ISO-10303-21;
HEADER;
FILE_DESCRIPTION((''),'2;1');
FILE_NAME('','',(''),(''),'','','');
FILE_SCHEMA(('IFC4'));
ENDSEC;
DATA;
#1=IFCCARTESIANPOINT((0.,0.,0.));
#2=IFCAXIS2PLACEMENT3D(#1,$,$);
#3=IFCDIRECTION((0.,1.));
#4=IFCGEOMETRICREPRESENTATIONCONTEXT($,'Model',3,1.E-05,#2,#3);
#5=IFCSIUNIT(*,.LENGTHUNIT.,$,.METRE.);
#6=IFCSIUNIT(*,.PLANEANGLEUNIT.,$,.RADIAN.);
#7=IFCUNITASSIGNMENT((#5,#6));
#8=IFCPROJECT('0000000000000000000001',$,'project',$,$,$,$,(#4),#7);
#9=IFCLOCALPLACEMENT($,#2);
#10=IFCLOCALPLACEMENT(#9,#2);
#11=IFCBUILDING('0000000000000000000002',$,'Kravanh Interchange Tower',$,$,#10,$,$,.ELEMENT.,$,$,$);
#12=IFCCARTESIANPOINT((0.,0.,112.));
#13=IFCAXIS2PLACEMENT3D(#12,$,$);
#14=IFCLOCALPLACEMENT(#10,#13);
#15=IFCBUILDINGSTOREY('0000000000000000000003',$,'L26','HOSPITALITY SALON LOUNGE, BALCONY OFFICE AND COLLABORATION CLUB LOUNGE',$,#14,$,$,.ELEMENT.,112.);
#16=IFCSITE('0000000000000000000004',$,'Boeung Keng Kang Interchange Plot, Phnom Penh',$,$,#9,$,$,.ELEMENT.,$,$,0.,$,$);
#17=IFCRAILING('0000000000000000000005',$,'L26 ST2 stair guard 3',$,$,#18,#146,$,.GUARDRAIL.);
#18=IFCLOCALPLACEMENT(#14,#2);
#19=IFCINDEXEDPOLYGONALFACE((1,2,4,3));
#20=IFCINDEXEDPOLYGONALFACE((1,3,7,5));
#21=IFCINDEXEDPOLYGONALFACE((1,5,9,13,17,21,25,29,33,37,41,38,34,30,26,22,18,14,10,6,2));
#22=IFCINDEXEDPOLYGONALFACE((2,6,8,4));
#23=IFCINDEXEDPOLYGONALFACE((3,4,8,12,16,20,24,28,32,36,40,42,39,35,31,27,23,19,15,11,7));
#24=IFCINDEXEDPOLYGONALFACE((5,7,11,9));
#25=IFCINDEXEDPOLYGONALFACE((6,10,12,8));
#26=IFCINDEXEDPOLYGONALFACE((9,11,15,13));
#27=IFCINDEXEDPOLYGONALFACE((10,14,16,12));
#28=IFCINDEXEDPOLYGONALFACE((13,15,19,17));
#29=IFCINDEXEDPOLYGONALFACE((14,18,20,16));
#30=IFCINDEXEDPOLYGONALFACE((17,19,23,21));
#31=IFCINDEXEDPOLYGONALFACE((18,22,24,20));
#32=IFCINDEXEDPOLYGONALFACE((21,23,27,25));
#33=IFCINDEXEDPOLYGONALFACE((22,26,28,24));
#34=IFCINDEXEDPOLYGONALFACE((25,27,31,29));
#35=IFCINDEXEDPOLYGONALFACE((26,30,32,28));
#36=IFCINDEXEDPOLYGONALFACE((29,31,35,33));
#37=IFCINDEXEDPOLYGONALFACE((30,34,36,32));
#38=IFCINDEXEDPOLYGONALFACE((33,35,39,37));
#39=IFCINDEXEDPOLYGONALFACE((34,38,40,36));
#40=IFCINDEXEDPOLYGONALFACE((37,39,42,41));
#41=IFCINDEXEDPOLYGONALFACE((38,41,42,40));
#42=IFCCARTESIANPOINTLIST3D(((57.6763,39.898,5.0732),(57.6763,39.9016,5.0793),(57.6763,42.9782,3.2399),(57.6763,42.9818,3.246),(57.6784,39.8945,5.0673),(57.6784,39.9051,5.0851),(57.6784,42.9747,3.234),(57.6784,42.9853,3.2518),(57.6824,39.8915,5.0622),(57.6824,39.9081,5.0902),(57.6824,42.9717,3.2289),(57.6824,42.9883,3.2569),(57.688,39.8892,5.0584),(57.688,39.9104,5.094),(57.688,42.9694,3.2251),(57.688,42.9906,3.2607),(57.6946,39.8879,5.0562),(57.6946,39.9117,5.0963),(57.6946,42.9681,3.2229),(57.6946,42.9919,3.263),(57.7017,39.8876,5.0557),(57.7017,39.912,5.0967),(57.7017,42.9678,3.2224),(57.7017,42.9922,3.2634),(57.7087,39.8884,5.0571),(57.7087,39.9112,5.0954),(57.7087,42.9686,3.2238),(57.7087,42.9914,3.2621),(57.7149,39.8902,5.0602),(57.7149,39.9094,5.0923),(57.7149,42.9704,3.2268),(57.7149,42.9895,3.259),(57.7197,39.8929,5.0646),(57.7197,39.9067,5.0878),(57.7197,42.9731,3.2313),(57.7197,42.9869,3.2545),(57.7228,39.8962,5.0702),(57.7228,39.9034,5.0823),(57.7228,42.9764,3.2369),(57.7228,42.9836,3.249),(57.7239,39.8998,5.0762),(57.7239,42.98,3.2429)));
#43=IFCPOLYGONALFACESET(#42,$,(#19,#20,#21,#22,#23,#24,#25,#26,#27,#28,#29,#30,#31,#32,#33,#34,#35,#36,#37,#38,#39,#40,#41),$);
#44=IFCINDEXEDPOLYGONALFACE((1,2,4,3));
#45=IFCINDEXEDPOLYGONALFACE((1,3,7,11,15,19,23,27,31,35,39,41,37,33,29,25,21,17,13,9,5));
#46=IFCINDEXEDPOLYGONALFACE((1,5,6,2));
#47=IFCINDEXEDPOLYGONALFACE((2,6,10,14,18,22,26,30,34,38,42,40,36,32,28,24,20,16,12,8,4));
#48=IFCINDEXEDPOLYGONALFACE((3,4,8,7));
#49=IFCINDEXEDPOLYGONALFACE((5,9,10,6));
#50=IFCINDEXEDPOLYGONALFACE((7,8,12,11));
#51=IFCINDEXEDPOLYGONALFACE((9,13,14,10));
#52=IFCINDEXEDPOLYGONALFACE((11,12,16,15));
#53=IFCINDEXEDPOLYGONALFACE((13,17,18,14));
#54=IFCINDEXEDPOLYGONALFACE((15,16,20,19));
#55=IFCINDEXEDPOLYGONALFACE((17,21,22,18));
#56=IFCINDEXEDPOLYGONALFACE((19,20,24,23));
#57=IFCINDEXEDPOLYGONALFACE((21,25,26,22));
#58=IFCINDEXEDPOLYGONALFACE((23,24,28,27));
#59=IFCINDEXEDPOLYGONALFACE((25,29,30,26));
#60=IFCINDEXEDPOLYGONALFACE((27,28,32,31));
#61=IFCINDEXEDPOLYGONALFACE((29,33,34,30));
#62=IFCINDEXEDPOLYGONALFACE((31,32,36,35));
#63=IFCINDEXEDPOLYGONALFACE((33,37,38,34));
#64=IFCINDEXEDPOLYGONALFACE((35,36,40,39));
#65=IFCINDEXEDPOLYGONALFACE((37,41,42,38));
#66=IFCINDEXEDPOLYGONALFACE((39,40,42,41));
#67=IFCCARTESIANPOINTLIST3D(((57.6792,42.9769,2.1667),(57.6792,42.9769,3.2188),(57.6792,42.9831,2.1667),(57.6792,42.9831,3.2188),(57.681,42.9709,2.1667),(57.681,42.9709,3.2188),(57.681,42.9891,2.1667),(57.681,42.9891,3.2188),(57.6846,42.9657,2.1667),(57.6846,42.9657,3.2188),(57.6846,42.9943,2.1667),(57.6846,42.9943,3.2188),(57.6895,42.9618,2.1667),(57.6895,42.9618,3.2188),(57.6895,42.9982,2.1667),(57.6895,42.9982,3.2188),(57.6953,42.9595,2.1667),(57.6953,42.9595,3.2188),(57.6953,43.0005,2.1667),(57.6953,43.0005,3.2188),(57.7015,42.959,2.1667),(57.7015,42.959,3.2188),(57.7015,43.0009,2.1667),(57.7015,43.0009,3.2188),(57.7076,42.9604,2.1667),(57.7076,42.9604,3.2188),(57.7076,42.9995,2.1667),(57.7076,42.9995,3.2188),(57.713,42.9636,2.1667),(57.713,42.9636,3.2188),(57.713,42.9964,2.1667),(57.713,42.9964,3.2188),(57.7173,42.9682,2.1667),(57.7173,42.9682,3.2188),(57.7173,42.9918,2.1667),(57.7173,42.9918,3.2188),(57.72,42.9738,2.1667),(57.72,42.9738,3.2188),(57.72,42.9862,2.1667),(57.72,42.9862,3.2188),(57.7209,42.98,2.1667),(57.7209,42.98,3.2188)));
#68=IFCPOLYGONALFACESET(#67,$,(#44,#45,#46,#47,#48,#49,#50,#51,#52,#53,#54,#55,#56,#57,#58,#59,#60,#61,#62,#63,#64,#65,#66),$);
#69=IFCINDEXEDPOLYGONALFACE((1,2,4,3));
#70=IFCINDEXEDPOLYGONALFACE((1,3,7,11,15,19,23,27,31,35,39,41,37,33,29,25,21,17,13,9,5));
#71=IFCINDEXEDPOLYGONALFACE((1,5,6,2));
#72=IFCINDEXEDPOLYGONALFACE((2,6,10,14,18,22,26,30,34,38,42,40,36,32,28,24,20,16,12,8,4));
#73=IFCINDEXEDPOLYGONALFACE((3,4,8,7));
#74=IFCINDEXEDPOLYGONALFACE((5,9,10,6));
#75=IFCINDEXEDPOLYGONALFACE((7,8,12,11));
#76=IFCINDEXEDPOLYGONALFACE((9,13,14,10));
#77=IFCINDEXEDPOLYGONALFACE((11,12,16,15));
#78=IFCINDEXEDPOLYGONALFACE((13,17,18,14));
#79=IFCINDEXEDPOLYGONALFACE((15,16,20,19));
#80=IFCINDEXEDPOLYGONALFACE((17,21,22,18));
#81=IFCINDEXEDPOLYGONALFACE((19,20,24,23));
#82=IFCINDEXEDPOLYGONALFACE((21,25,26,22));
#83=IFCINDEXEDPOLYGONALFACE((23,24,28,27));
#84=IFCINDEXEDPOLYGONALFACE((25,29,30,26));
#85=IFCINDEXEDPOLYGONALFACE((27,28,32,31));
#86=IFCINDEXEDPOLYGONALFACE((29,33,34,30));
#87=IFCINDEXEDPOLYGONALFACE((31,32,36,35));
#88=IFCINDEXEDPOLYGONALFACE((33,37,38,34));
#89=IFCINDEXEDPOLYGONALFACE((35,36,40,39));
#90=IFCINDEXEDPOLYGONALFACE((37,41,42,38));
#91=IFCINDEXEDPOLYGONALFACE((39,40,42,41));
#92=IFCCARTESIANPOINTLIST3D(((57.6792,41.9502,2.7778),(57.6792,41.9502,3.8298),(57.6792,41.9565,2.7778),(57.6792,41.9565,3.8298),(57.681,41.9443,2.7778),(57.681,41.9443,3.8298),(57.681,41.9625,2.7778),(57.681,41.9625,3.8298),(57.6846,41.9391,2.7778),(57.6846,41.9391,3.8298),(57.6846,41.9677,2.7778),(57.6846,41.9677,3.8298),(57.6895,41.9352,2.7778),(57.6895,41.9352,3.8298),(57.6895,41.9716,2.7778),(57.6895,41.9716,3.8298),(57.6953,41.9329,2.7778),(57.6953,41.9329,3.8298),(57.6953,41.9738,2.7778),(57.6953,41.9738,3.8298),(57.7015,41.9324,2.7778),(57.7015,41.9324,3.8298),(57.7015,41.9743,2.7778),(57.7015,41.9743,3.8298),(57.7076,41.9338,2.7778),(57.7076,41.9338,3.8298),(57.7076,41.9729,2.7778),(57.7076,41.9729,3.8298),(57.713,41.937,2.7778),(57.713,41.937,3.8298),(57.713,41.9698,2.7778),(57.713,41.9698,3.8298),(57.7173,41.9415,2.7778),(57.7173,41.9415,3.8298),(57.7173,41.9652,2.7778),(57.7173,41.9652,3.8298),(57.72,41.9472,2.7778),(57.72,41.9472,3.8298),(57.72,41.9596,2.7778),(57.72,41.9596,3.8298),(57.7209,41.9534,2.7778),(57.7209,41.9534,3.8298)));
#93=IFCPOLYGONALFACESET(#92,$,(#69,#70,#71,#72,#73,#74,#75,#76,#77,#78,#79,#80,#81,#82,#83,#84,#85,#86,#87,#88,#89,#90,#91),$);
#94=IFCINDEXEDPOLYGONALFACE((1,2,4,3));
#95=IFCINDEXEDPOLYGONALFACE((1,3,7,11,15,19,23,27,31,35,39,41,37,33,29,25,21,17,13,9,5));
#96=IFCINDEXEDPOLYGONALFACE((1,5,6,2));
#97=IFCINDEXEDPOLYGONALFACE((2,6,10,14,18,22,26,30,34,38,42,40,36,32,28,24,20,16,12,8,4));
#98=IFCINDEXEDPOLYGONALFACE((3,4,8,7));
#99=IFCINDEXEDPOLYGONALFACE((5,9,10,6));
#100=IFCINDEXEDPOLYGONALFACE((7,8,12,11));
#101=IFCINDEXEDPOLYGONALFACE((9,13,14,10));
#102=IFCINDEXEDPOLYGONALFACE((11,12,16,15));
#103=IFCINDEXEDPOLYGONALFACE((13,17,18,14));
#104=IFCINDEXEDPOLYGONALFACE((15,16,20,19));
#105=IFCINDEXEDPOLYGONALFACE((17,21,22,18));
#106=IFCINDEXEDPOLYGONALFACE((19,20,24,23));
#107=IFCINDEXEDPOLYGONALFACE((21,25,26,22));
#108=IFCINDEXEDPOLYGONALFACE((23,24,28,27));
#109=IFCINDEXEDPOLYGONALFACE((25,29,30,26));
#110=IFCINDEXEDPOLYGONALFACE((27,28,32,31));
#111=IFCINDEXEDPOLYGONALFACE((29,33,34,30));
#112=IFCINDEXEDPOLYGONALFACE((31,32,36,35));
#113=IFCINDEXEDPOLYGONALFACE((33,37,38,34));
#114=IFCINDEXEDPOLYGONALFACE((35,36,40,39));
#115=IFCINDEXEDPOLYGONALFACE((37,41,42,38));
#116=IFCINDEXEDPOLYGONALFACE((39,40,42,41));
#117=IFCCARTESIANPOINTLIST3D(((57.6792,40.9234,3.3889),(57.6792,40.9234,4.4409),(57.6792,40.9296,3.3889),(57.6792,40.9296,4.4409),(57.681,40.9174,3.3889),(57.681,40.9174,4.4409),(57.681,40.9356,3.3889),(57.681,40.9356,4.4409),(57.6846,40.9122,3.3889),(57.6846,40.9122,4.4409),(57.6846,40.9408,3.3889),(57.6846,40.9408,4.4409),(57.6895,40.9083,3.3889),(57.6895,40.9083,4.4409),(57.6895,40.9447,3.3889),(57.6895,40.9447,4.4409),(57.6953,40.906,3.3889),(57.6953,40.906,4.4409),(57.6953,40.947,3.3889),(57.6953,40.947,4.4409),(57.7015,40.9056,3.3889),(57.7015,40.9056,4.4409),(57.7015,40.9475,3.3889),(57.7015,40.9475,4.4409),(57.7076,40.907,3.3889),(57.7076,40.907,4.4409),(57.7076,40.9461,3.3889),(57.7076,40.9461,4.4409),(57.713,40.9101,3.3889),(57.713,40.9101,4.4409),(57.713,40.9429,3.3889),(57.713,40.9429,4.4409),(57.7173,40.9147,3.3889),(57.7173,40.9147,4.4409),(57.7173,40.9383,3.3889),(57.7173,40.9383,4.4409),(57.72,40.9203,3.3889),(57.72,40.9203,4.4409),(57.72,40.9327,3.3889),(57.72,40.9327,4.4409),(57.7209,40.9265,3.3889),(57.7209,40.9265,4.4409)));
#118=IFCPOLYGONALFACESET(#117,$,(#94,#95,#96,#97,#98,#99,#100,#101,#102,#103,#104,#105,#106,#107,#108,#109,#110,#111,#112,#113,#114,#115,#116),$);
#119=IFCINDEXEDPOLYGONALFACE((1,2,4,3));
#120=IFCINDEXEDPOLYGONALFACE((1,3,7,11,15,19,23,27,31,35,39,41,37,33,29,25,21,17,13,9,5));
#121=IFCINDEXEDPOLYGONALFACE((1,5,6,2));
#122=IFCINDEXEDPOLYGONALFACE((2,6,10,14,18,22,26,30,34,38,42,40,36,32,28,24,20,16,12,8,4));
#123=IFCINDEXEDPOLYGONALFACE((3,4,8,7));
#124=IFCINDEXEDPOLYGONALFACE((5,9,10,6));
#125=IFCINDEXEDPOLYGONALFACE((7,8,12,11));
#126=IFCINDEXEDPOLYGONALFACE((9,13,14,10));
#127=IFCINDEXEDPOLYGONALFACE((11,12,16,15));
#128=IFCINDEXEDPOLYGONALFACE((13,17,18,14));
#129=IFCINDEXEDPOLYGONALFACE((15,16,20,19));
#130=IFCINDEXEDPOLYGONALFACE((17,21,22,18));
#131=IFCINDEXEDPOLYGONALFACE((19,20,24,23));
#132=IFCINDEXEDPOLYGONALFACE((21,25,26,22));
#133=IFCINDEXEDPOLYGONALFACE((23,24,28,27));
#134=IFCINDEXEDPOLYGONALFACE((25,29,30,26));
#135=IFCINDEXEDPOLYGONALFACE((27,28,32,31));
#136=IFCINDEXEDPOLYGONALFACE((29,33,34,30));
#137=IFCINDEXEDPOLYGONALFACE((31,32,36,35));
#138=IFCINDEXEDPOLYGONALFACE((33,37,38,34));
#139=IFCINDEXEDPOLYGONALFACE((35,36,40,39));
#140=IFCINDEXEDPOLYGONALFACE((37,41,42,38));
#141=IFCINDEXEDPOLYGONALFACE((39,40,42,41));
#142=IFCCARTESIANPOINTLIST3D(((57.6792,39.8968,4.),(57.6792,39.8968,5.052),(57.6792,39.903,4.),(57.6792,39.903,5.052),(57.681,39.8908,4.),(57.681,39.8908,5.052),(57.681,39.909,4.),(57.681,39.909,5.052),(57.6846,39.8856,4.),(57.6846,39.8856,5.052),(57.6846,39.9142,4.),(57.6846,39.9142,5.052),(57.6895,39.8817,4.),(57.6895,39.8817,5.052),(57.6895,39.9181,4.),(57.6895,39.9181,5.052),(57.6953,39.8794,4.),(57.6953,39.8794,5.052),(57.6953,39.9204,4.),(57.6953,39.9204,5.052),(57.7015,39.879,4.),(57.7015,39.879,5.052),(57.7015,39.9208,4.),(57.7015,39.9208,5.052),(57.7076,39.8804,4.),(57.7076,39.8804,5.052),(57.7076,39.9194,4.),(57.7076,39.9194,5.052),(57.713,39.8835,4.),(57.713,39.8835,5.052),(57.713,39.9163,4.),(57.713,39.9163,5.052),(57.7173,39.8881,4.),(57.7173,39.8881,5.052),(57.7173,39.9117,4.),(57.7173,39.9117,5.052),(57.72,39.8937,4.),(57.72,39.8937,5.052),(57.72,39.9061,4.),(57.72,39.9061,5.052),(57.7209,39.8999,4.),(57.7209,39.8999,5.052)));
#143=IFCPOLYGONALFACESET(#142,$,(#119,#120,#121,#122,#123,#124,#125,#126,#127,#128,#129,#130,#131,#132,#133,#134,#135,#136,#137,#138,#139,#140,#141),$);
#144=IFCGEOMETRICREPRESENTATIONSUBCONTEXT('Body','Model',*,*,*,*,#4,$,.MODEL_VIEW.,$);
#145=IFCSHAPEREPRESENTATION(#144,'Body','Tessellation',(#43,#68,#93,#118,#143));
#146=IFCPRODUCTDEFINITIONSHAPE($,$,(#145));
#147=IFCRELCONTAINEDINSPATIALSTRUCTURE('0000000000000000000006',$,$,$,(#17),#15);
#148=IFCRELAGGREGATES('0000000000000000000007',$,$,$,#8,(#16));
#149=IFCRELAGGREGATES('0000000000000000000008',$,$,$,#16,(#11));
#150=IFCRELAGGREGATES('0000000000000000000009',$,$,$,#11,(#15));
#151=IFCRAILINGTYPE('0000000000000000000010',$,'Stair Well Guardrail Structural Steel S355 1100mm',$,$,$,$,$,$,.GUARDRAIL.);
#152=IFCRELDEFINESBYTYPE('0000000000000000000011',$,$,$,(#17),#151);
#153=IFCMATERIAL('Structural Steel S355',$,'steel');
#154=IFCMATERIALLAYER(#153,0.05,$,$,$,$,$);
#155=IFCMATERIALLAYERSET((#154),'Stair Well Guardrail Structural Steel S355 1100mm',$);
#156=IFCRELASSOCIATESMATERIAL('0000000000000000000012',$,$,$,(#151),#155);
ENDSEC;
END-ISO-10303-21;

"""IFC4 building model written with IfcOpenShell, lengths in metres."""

from ifc_helpers import new_model, si_unit, direction, frame, origin, origin_2d, place, context, subcontext, project, spatial, circle, extrude, material, layer, layer_set, type_object, element, save


model = new_model("IFC4")

# Units and contexts
model_context = context("Model", 3, precision=1e-05, world=origin(), true_north=direction((0.0, 1.0)))
body_context = subcontext(model_context, "Body", "Model", "MODEL_VIEW")
ifc_project = project(units=[si_unit("LENGTHUNIT", "METRE"), si_unit("PLANEANGLEUNIT", "RADIAN")], contexts=[model_context])

# Site, building, storey
site_placement = place(None, origin())
site = spatial("IfcSite", under=ifc_project, at=site_placement, Name="Boeung Keng Kang Interchange Plot, Phnom Penh", CompositionType="ELEMENT", RefElevation=0.0)
building_placement = place(site_placement, origin())
building = spatial("IfcBuilding", under=site, at=building_placement, Name="Kravanh Interchange Tower", CompositionType="ELEMENT")
storey_placement = place(building_placement, frame((0.0, 0.0, 112.0)))
storey = spatial("IfcBuildingStorey", under=building, at=storey_placement, Name="L26", Description="HOSPITALITY SALON LOUNGE, BALCONY OFFICE AND COLLABORATION CLUB LOUNGE", CompositionType="ELEMENT", Elevation=112.0)

# Railing
ifc_material_1 = material(Name="Structural Steel S355", Category="steel")
ifc_layer_1 = layer(ifc_material_1, 0.05)
ifc_layer_set_1 = layer_set([ifc_layer_1], Name="Stair Well Guardrail Structural Steel S355 1100mm")
railing_type_1 = type_object("IfcRailingType", Name="Stair Well Guardrail Structural Steel S355 1100mm", PredefinedType="GUARDRAIL", material=ifc_layer_set_1)
railing_1_placement = place(storey_placement, frame((57.7, 42.98, 2.1667)))
element("IfcRailing", 1, at=railing_1_placement, inside=storey, type_object=railing_type_1, Name="L26 ST2 stair guard 3", PredefinedType="GUARDRAIL", context=body_context, shape_type="SweptSolid", body=[
    extrude(circle(Radius=0.0239, at=origin_2d()), frame((0.0, 0.0, 1.0762), z_axis=(0.0, -0.859309, 0.511458), x_axis=(1.0, 0.0, 0.0)), (0.0, 0.0, 1.0), 3.5845),
    extrude(circle(Radius=0.021, at=origin_2d()), origin(), (0.0, 0.0, 1.0), 1.052),
    extrude(circle(Radius=0.021, at=origin_2d()), frame((0.0, -1.0266, 0.6111)), (0.0, 0.0, 1.0), 1.052),
    extrude(circle(Radius=0.021, at=origin_2d()), frame((0.0, -2.0535, 1.2222)), (0.0, 0.0, 1.0), 1.052),
    extrude(circle(Radius=0.021, at=origin_2d()), frame((0.0, -3.0801, 1.8333)), (0.0, 0.0, 1.0), 1.052),
])

save(model, "model.ifc")
